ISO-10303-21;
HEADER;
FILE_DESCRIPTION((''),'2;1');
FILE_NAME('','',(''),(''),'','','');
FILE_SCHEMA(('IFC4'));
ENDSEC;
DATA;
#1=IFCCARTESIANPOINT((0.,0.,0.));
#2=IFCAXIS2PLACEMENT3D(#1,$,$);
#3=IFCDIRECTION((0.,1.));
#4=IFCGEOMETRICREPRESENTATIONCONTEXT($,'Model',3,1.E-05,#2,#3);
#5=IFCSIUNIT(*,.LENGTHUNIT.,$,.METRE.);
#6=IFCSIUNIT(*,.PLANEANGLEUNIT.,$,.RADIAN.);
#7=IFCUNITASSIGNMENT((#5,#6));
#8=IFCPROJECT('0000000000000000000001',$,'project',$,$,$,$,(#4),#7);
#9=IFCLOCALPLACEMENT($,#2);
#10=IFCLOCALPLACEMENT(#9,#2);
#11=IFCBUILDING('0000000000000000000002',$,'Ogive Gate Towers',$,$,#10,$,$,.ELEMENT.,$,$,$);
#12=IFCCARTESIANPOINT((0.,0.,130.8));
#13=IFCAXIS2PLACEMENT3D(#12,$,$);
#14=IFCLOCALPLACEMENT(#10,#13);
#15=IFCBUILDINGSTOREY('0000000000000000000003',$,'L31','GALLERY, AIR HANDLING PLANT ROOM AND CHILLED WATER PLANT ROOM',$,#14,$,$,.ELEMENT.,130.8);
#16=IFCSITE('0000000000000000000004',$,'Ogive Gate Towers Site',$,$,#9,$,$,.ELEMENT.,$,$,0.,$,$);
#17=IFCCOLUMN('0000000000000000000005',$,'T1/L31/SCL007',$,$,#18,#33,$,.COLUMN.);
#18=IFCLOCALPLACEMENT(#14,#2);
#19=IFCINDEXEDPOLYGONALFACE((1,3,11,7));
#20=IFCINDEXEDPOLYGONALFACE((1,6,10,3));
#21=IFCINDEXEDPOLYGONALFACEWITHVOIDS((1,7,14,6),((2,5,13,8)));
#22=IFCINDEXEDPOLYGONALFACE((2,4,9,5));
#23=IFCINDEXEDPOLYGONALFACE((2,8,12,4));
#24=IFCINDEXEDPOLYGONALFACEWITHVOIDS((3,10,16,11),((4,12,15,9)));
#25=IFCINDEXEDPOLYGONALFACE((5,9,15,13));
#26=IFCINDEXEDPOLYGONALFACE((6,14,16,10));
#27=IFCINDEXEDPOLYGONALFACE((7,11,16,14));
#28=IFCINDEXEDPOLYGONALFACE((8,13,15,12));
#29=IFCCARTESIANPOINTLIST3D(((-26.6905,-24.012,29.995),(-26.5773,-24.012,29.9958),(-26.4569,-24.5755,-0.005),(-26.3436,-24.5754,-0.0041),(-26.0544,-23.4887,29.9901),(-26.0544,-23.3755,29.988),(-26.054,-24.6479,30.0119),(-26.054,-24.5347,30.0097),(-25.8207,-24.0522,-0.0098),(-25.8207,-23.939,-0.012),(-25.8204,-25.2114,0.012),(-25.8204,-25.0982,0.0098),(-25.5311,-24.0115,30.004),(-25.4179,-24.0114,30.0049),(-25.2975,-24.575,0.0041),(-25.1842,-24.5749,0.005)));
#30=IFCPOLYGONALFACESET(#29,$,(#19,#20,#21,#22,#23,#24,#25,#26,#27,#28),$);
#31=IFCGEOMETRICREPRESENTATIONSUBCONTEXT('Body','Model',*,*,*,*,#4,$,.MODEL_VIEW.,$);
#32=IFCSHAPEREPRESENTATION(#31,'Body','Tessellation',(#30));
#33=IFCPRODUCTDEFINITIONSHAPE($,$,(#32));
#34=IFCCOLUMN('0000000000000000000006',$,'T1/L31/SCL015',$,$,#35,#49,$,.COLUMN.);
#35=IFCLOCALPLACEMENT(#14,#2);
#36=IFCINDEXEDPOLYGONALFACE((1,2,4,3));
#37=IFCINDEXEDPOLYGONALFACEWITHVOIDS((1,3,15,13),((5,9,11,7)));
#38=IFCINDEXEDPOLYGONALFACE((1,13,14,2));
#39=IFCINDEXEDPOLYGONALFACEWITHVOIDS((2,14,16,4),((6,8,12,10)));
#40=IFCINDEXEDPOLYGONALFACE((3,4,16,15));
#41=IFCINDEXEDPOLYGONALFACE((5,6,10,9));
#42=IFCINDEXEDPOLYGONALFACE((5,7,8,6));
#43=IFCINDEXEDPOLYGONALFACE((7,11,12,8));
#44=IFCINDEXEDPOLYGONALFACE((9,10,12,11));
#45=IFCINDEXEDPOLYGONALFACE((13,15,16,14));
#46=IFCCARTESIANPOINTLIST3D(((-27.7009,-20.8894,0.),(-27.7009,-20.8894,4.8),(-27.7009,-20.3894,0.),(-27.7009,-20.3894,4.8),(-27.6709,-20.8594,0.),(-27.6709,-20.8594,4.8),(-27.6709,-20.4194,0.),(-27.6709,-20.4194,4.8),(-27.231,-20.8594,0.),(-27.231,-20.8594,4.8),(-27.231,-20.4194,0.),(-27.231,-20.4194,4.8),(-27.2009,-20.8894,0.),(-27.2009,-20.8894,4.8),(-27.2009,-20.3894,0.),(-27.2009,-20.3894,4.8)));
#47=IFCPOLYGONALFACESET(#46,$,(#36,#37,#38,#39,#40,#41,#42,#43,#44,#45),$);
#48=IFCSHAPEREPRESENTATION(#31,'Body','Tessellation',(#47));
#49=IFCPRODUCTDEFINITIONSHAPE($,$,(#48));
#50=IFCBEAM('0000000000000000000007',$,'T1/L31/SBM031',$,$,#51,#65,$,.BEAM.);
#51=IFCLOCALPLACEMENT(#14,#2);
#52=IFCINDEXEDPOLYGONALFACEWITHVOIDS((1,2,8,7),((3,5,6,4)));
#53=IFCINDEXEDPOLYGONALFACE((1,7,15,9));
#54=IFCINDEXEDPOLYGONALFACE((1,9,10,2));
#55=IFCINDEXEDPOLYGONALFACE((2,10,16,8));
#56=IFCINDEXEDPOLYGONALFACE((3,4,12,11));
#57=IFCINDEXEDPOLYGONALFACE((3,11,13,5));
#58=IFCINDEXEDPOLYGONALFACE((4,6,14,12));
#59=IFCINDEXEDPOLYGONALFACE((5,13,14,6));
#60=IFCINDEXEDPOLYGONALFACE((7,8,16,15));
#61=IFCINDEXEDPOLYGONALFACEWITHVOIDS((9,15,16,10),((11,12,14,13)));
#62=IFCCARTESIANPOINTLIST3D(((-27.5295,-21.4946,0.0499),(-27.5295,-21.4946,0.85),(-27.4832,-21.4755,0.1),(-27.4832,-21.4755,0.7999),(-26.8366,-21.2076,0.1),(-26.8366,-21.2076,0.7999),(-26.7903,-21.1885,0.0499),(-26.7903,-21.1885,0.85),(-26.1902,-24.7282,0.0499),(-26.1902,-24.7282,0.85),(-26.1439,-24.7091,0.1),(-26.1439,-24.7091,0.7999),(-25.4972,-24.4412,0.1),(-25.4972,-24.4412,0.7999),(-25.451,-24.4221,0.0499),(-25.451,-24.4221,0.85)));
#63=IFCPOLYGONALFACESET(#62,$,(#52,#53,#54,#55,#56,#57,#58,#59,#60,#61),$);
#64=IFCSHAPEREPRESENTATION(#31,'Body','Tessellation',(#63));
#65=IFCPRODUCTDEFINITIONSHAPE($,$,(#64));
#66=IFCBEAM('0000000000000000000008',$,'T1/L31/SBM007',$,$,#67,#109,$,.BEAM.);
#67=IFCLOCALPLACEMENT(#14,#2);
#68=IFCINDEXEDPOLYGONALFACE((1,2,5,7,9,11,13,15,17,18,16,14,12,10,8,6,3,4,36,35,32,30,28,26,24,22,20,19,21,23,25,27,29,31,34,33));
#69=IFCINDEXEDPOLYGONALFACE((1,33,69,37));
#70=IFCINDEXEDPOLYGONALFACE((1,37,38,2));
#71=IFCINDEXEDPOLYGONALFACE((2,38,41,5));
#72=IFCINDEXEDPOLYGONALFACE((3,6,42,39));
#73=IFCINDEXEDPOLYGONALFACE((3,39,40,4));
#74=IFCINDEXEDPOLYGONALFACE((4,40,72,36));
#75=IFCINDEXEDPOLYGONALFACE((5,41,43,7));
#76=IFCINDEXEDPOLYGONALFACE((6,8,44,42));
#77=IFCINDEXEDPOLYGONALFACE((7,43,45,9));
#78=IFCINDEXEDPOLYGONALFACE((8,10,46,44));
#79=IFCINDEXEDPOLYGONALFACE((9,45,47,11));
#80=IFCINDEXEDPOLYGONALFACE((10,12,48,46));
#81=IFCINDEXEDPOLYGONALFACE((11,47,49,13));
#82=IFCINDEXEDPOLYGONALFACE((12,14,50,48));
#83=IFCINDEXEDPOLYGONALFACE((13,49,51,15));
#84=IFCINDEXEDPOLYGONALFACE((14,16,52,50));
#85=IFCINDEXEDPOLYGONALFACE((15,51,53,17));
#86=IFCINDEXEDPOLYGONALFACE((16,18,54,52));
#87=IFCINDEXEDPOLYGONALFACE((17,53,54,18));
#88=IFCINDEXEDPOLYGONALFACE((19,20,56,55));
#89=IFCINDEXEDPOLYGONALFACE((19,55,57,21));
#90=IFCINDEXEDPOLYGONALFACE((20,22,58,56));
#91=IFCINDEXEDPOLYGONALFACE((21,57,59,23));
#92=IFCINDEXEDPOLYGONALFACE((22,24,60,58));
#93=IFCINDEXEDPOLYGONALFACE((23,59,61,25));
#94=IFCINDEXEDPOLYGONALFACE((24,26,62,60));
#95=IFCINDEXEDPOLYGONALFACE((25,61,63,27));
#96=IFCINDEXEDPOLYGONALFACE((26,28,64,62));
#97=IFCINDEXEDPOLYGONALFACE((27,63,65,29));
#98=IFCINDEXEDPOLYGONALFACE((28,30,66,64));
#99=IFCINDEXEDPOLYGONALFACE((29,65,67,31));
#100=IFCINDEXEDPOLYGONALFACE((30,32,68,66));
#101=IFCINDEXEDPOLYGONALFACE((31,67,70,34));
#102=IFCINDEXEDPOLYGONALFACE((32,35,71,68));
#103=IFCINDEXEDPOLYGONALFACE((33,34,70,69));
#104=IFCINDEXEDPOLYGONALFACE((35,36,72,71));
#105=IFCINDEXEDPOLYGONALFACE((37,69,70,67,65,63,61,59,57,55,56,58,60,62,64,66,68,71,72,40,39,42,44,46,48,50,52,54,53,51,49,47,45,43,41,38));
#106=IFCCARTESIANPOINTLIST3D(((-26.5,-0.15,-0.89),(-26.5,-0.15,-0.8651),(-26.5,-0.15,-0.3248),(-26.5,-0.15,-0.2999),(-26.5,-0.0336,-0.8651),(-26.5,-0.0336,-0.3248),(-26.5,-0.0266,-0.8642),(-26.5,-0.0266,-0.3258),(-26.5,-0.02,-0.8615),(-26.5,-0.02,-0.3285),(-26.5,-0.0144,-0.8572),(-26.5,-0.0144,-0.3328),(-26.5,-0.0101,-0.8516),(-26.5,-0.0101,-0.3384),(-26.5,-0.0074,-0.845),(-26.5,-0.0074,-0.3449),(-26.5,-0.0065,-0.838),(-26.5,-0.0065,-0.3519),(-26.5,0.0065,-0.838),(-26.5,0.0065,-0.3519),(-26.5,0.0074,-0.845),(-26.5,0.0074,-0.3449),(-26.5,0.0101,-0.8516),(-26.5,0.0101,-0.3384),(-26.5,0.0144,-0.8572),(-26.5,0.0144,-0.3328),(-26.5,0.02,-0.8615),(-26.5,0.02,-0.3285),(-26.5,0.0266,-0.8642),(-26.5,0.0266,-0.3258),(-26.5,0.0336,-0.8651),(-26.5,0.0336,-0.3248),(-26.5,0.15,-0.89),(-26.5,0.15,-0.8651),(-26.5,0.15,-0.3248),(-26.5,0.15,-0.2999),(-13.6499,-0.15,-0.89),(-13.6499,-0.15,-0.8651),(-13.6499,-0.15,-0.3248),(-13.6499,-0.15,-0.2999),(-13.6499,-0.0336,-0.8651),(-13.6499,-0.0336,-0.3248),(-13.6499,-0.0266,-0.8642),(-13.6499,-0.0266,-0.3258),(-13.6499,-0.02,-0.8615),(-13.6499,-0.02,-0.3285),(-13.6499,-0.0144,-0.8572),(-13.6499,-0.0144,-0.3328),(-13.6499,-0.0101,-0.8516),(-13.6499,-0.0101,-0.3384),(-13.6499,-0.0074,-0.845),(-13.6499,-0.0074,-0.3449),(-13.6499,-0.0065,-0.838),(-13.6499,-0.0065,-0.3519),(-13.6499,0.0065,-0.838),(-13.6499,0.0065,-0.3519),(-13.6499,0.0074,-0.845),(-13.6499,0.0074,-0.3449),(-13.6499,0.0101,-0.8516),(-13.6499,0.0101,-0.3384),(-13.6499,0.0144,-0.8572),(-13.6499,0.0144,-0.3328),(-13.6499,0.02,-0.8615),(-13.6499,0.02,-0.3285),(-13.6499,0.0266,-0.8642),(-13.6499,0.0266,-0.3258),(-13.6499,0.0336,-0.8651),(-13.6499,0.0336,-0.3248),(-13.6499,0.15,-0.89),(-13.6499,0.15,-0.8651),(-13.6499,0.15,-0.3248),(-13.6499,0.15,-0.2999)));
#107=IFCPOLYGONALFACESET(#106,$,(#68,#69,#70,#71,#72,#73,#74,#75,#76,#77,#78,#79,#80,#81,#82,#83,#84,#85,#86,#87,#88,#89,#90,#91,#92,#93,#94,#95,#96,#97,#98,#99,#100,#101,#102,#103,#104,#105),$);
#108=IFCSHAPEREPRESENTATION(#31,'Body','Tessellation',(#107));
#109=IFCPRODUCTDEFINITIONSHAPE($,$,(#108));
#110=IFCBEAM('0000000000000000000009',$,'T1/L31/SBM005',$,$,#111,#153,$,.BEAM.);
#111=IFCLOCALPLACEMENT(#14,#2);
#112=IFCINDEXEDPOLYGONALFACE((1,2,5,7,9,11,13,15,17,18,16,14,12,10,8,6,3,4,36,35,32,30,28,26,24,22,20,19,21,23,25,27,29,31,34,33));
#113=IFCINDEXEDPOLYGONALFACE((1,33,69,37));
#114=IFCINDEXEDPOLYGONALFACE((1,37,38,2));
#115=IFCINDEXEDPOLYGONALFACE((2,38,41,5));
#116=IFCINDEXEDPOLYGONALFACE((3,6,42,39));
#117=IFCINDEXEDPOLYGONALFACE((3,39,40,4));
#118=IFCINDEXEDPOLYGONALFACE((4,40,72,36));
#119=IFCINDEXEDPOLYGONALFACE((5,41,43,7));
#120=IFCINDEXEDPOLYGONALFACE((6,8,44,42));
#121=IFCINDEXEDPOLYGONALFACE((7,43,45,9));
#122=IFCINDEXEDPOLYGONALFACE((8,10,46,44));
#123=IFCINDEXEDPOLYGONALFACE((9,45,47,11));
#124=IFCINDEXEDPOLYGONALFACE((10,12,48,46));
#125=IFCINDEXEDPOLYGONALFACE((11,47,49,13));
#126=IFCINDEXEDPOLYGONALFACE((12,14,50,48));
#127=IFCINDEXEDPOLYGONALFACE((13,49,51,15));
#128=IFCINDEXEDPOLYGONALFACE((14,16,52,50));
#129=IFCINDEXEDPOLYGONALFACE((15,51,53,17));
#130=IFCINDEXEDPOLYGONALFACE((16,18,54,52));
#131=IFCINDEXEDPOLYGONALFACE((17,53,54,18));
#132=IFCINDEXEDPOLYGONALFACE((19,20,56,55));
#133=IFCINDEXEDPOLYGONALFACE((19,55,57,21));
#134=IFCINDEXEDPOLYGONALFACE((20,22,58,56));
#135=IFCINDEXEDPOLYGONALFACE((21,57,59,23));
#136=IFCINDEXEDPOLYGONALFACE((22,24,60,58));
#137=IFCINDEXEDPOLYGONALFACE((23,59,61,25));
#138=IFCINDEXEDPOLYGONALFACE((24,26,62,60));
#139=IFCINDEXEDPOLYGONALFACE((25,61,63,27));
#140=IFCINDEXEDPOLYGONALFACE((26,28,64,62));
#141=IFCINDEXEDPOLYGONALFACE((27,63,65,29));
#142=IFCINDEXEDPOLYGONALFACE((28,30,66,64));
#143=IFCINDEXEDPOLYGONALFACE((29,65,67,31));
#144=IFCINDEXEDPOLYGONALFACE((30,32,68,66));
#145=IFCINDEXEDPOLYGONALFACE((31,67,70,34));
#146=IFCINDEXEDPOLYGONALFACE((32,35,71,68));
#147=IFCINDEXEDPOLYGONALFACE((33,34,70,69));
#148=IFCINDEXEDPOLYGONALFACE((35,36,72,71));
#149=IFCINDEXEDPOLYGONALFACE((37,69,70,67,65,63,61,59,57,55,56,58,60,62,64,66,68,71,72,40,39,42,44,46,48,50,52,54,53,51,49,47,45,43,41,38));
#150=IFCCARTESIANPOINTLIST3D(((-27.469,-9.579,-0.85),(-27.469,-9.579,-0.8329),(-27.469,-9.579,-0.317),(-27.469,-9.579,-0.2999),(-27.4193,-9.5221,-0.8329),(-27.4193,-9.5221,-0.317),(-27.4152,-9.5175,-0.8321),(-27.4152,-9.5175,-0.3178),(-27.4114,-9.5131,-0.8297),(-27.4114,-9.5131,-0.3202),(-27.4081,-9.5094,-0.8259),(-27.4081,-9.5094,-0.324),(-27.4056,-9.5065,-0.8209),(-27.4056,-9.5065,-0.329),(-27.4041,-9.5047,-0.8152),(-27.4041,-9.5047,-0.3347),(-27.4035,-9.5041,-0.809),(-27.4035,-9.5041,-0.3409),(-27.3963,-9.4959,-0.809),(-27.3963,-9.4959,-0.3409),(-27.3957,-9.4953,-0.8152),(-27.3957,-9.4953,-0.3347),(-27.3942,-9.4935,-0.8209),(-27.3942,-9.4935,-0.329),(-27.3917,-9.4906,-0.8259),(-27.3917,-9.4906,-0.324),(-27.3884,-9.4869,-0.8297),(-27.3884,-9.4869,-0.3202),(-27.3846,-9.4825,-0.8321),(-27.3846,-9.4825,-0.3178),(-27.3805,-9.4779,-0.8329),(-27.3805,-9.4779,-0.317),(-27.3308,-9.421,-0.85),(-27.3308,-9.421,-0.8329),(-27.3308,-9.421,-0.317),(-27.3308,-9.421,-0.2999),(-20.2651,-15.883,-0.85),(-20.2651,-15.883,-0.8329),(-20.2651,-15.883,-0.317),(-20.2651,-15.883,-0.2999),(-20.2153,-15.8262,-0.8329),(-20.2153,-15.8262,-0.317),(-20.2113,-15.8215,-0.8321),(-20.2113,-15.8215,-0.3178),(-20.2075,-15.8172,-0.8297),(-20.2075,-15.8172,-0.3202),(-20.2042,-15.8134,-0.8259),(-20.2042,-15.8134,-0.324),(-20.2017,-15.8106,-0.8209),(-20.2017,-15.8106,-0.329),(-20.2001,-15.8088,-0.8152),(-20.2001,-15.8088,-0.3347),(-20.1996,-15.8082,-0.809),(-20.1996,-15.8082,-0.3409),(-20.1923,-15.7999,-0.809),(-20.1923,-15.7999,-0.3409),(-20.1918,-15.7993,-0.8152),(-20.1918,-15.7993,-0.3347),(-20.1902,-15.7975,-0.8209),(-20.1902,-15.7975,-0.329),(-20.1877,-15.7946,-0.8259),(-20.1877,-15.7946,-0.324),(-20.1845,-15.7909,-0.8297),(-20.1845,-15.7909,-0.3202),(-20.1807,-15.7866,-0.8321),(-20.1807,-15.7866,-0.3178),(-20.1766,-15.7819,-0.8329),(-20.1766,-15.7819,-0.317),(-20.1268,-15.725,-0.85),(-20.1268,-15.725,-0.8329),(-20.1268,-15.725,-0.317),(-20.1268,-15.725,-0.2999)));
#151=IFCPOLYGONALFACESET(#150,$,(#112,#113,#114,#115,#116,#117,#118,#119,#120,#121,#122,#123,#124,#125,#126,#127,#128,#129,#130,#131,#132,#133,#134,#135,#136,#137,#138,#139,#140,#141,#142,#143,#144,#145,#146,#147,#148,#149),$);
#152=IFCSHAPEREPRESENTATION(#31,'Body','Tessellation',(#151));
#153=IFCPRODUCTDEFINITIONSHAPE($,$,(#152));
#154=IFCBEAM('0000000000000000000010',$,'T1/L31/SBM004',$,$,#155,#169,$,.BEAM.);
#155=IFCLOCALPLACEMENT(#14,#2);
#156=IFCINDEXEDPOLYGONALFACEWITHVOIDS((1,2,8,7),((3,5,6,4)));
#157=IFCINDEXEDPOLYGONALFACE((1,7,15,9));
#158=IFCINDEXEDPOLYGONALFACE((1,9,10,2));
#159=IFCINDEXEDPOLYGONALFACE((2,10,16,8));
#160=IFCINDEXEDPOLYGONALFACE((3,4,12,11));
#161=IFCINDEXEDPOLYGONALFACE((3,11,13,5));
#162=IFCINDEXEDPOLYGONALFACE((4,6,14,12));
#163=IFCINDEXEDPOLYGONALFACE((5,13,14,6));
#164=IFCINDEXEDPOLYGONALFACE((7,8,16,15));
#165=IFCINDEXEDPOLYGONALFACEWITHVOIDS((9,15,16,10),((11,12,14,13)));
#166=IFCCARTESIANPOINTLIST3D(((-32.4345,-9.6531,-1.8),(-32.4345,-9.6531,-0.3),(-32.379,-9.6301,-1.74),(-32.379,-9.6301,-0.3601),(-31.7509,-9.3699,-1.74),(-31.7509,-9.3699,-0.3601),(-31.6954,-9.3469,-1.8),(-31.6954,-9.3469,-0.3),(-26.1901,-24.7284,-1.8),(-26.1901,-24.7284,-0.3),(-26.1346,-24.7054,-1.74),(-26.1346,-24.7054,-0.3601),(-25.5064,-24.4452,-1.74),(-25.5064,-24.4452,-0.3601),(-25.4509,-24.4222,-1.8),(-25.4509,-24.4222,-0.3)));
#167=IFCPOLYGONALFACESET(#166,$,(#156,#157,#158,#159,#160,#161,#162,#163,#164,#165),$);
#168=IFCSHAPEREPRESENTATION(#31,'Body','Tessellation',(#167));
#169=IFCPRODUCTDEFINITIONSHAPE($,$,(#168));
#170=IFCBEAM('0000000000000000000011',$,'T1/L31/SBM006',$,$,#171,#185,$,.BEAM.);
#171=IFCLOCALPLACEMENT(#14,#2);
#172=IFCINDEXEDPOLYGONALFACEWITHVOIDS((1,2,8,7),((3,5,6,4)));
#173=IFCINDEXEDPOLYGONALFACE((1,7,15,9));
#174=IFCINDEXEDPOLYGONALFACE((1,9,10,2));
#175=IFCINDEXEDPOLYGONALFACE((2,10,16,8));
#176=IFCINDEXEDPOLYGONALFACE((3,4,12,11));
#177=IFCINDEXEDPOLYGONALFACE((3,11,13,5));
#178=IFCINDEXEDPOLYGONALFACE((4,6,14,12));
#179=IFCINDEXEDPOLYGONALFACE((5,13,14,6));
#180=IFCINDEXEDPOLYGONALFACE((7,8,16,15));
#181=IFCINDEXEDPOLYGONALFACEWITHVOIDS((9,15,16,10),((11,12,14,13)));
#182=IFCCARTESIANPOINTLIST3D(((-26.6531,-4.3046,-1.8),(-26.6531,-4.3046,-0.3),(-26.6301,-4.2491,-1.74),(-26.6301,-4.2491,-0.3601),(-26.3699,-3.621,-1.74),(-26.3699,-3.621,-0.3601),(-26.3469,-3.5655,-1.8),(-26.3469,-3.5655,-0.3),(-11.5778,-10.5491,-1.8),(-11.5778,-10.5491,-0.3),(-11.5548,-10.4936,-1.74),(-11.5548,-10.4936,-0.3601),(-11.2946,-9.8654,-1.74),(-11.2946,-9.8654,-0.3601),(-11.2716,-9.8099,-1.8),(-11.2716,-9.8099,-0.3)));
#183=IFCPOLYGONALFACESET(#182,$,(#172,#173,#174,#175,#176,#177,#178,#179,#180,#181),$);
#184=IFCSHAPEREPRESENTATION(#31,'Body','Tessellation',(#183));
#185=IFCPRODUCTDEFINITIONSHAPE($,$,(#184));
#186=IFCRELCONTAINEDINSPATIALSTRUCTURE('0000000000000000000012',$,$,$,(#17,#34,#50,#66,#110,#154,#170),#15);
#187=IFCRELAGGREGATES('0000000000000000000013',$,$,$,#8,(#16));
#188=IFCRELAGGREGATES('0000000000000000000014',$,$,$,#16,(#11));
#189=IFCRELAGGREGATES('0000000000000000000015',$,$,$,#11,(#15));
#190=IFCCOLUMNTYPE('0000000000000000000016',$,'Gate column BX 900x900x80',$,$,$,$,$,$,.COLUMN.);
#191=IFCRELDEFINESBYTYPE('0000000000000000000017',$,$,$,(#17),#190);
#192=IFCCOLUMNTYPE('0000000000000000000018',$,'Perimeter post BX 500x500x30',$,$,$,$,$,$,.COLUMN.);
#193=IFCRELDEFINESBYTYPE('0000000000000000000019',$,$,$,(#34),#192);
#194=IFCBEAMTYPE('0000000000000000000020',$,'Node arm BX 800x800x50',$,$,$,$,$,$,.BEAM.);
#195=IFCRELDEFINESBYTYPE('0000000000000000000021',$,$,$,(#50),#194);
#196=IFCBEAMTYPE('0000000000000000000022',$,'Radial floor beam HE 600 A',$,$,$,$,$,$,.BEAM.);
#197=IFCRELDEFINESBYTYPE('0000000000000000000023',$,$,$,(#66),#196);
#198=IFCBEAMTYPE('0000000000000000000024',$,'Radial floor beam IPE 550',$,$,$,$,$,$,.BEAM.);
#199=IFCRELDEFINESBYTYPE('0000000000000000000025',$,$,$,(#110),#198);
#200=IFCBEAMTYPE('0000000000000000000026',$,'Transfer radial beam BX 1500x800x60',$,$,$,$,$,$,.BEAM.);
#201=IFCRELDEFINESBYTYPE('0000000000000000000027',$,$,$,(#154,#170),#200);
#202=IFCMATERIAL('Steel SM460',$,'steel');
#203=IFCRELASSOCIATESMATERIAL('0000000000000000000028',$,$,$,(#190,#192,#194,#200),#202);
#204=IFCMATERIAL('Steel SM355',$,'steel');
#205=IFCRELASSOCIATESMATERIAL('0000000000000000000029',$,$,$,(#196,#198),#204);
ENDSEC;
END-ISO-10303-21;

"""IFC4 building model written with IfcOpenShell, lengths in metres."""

from ifc_helpers import new_model, si_unit, direction, frame, origin, origin_2d, place, context, subcontext, project, spatial, hollow_rectangle, i_section, extrude, material, material_profile, profile_set, type_object, element, save


model = new_model("IFC4")

# Units and contexts
model_context = context("Model", 3, precision=1e-05, world=origin(), true_north=direction((0.0, 1.0)))
body_context = subcontext(model_context, "Body", "Model", "MODEL_VIEW")
ifc_project = project(units=[si_unit("LENGTHUNIT", "METRE"), si_unit("PLANEANGLEUNIT", "RADIAN")], contexts=[model_context])

# Site, building, storey
site_placement = place(None, origin())
site = spatial("IfcSite", under=ifc_project, at=site_placement, Name="Ogive Gate Towers Site", CompositionType="ELEMENT", RefElevation=0.0)
building_placement = place(site_placement, origin())
building = spatial("IfcBuilding", under=site, at=building_placement, Name="Ogive Gate Towers", CompositionType="ELEMENT")
storey_placement = place(building_placement, frame((0.0, 0.0, 130.8)))
storey = spatial("IfcBuildingStorey", under=building, at=storey_placement, Name="L31", Description="GALLERY, AIR HANDLING PLANT ROOM AND CHILLED WATER PLANT ROOM", CompositionType="ELEMENT", Elevation=130.8)

# Columns
ifc_material_1 = material(Name="Steel SM460", Category="steel")
ifc_material_profile_1 = material_profile(ifc_material_1, hollow_rectangle(XDim=0.8999, YDim=0.8999, WallThickness=0.0801, at=origin_2d()), Name="BX 900x900x80")
ifc_profile_set_1 = profile_set([ifc_material_profile_1], Name="Steel SM460")
column_type_1 = type_object("IfcColumnType", Name="Gate column BX 900x900x80", PredefinedType="COLUMN", material=ifc_profile_set_1)
column_1_placement = place(storey_placement, frame((-25.8206, -24.5752, 0.0), z_axis=(-0.007786, 0.018779, 0.999793), x_axis=(-0.707294, 0.70667, -0.018782)))
element("IfcColumn", 1, at=column_1_placement, inside=storey, type_object=column_type_1, Name="T1/L31/SCL007", PredefinedType="COLUMN", context=body_context, shape_type="SweptSolid", body=[
    extrude(hollow_rectangle(XDim=0.8999, YDim=0.8999, WallThickness=0.0801, at=origin_2d()), origin(), (0.0, 0.0, 1.0), 30.0061),
])
ifc_material_profile_2 = material_profile(ifc_material_1, hollow_rectangle(XDim=0.5, YDim=0.5, WallThickness=0.03, at=origin_2d()), Name="BX 500x500x30")
ifc_profile_set_2 = profile_set([ifc_material_profile_2], Name="Steel SM460")
column_type_2 = type_object("IfcColumnType", Name="Perimeter post BX 500x500x30", PredefinedType="COLUMN", material=ifc_profile_set_2)
column_2_placement = place(storey_placement, frame((-27.4509, -20.6394, 0.0), z_axis=(0.0, 0.0, 1.0), x_axis=(1.0, 0.0, 0.0)))
element("IfcColumn", 2, at=column_2_placement, inside=storey, type_object=column_type_2, Name="T1/L31/SCL015", PredefinedType="COLUMN", context=body_context, shape_type="SweptSolid", body=[
    extrude(hollow_rectangle(XDim=0.5, YDim=0.5, WallThickness=0.03, at=origin_2d()), origin(), (0.0, 0.0, 1.0), 4.8),
])

# Beams
ifc_material_profile_3 = material_profile(ifc_material_1, hollow_rectangle(XDim=0.8, YDim=0.8, WallThickness=0.05, at=origin_2d()), Name="BX 800x800x50")
ifc_profile_set_3 = profile_set([ifc_material_profile_3], Name="Steel SM460")
beam_type_1 = type_object("IfcBeamType", Name="Node arm BX 800x800x50", PredefinedType="BEAM", material=ifc_profile_set_3)
beam_1_placement = place(storey_placement, frame((-27.1599, -21.3416, 0.45), z_axis=(0.382668, -0.923886, 0.0), x_axis=(0.923886, 0.382668, 0.0)))
element("IfcBeam", 3, at=beam_1_placement, inside=storey, type_object=beam_type_1, Name="T1/L31/SBM031", PredefinedType="BEAM", context=body_context, shape_type="SweptSolid", body=[
    extrude(hollow_rectangle(XDim=0.8, YDim=0.8, WallThickness=0.05, at=origin_2d()), origin(), (0.0, 0.0, 1.0), 3.5),
])
ifc_material_2 = material(Name="Steel SM355", Category="steel")
ifc_material_profile_4 = material_profile(ifc_material_2, i_section(OverallWidth=0.3, OverallDepth=0.5901, WebThickness=0.0129, FlangeThickness=0.0249, FilletRadius=0.0271, at=origin_2d()), Name="HE 600 A")
ifc_profile_set_4 = profile_set([ifc_material_profile_4], Name="Steel SM355")
beam_type_2 = type_object("IfcBeamType", Name="Radial floor beam HE 600 A", PredefinedType="BEAM", material=ifc_profile_set_4)
beam_2_placement = place(storey_placement, frame((-26.5, 0.0, -0.595), z_axis=(1.0, 0.0, 0.0), x_axis=(0.0, 1.0, 0.0)))
element("IfcBeam", 4, at=beam_2_placement, inside=storey, type_object=beam_type_2, Name="T1/L31/SBM007", PredefinedType="BEAM", context=body_context, shape_type="SweptSolid", body=[
    extrude(i_section(OverallWidth=0.3, OverallDepth=0.5901, WebThickness=0.0129, FlangeThickness=0.0249, FilletRadius=0.0271, at=origin_2d()), origin(), (0.0, 0.0, 1.0), 12.8501),
])
ifc_material_profile_5 = material_profile(ifc_material_2, i_section(OverallWidth=0.21, OverallDepth=0.55, WebThickness=0.011, FlangeThickness=0.0171, FilletRadius=0.0239, at=origin_2d()), Name="IPE 550")
ifc_profile_set_5 = profile_set([ifc_material_profile_5], Name="Steel SM355")
beam_type_3 = type_object("IfcBeamType", Name="Radial floor beam IPE 550", PredefinedType="BEAM", material=ifc_profile_set_5)
beam_3_placement = place(storey_placement, frame((-27.3999, -9.5, -0.575), z_axis=(0.752547, -0.658539, 0.0), x_axis=(0.658539, 0.752547, 0.0)))
element("IfcBeam", 5, at=beam_3_placement, inside=storey, type_object=beam_type_3, Name="T1/L31/SBM005", PredefinedType="BEAM", context=body_context, shape_type="SweptSolid", body=[
    extrude(i_section(OverallWidth=0.21, OverallDepth=0.55, WebThickness=0.011, FlangeThickness=0.0171, FilletRadius=0.0239, at=origin_2d()), origin(), (0.0, 0.0, 1.0), 9.5728),
])
ifc_material_profile_6 = material_profile(ifc_material_1, hollow_rectangle(XDim=0.8, YDim=1.5, WallThickness=0.0601, at=origin_2d()), Name="BX 1500x800x60")
ifc_profile_set_6 = profile_set([ifc_material_profile_6], Name="Steel SM460")
beam_type_4 = type_object("IfcBeamType", Name="Transfer radial beam BX 1500x800x60", PredefinedType="BEAM", material=ifc_profile_set_6)
for number, where, z_axis, x_axis, name in (
    (6, (-32.0649, -9.5, -1.05), (0.382685, -0.923879, 0.0), (0.923879, 0.382685, 0.0), "T1/L31/SBM004"),
    (7, (-26.5, -3.9351, -1.05), (0.923879, -0.382685, 0.0), (0.382685, 0.923879, 0.0), "T1/L31/SBM006"),
):
    element("IfcBeam", number, at=place(storey_placement, frame(where, z_axis=z_axis, x_axis=x_axis)), inside=storey, type_object=beam_type_4, Name=name, PredefinedType="BEAM", context=body_context, shape_type="SweptSolid", body=[
        extrude(hollow_rectangle(XDim=0.8, YDim=1.5, WallThickness=0.0601, at=origin_2d()), origin(), (0.0, 0.0, 1.0), 16.3174),
    ])

save(model, "model.ifc")
